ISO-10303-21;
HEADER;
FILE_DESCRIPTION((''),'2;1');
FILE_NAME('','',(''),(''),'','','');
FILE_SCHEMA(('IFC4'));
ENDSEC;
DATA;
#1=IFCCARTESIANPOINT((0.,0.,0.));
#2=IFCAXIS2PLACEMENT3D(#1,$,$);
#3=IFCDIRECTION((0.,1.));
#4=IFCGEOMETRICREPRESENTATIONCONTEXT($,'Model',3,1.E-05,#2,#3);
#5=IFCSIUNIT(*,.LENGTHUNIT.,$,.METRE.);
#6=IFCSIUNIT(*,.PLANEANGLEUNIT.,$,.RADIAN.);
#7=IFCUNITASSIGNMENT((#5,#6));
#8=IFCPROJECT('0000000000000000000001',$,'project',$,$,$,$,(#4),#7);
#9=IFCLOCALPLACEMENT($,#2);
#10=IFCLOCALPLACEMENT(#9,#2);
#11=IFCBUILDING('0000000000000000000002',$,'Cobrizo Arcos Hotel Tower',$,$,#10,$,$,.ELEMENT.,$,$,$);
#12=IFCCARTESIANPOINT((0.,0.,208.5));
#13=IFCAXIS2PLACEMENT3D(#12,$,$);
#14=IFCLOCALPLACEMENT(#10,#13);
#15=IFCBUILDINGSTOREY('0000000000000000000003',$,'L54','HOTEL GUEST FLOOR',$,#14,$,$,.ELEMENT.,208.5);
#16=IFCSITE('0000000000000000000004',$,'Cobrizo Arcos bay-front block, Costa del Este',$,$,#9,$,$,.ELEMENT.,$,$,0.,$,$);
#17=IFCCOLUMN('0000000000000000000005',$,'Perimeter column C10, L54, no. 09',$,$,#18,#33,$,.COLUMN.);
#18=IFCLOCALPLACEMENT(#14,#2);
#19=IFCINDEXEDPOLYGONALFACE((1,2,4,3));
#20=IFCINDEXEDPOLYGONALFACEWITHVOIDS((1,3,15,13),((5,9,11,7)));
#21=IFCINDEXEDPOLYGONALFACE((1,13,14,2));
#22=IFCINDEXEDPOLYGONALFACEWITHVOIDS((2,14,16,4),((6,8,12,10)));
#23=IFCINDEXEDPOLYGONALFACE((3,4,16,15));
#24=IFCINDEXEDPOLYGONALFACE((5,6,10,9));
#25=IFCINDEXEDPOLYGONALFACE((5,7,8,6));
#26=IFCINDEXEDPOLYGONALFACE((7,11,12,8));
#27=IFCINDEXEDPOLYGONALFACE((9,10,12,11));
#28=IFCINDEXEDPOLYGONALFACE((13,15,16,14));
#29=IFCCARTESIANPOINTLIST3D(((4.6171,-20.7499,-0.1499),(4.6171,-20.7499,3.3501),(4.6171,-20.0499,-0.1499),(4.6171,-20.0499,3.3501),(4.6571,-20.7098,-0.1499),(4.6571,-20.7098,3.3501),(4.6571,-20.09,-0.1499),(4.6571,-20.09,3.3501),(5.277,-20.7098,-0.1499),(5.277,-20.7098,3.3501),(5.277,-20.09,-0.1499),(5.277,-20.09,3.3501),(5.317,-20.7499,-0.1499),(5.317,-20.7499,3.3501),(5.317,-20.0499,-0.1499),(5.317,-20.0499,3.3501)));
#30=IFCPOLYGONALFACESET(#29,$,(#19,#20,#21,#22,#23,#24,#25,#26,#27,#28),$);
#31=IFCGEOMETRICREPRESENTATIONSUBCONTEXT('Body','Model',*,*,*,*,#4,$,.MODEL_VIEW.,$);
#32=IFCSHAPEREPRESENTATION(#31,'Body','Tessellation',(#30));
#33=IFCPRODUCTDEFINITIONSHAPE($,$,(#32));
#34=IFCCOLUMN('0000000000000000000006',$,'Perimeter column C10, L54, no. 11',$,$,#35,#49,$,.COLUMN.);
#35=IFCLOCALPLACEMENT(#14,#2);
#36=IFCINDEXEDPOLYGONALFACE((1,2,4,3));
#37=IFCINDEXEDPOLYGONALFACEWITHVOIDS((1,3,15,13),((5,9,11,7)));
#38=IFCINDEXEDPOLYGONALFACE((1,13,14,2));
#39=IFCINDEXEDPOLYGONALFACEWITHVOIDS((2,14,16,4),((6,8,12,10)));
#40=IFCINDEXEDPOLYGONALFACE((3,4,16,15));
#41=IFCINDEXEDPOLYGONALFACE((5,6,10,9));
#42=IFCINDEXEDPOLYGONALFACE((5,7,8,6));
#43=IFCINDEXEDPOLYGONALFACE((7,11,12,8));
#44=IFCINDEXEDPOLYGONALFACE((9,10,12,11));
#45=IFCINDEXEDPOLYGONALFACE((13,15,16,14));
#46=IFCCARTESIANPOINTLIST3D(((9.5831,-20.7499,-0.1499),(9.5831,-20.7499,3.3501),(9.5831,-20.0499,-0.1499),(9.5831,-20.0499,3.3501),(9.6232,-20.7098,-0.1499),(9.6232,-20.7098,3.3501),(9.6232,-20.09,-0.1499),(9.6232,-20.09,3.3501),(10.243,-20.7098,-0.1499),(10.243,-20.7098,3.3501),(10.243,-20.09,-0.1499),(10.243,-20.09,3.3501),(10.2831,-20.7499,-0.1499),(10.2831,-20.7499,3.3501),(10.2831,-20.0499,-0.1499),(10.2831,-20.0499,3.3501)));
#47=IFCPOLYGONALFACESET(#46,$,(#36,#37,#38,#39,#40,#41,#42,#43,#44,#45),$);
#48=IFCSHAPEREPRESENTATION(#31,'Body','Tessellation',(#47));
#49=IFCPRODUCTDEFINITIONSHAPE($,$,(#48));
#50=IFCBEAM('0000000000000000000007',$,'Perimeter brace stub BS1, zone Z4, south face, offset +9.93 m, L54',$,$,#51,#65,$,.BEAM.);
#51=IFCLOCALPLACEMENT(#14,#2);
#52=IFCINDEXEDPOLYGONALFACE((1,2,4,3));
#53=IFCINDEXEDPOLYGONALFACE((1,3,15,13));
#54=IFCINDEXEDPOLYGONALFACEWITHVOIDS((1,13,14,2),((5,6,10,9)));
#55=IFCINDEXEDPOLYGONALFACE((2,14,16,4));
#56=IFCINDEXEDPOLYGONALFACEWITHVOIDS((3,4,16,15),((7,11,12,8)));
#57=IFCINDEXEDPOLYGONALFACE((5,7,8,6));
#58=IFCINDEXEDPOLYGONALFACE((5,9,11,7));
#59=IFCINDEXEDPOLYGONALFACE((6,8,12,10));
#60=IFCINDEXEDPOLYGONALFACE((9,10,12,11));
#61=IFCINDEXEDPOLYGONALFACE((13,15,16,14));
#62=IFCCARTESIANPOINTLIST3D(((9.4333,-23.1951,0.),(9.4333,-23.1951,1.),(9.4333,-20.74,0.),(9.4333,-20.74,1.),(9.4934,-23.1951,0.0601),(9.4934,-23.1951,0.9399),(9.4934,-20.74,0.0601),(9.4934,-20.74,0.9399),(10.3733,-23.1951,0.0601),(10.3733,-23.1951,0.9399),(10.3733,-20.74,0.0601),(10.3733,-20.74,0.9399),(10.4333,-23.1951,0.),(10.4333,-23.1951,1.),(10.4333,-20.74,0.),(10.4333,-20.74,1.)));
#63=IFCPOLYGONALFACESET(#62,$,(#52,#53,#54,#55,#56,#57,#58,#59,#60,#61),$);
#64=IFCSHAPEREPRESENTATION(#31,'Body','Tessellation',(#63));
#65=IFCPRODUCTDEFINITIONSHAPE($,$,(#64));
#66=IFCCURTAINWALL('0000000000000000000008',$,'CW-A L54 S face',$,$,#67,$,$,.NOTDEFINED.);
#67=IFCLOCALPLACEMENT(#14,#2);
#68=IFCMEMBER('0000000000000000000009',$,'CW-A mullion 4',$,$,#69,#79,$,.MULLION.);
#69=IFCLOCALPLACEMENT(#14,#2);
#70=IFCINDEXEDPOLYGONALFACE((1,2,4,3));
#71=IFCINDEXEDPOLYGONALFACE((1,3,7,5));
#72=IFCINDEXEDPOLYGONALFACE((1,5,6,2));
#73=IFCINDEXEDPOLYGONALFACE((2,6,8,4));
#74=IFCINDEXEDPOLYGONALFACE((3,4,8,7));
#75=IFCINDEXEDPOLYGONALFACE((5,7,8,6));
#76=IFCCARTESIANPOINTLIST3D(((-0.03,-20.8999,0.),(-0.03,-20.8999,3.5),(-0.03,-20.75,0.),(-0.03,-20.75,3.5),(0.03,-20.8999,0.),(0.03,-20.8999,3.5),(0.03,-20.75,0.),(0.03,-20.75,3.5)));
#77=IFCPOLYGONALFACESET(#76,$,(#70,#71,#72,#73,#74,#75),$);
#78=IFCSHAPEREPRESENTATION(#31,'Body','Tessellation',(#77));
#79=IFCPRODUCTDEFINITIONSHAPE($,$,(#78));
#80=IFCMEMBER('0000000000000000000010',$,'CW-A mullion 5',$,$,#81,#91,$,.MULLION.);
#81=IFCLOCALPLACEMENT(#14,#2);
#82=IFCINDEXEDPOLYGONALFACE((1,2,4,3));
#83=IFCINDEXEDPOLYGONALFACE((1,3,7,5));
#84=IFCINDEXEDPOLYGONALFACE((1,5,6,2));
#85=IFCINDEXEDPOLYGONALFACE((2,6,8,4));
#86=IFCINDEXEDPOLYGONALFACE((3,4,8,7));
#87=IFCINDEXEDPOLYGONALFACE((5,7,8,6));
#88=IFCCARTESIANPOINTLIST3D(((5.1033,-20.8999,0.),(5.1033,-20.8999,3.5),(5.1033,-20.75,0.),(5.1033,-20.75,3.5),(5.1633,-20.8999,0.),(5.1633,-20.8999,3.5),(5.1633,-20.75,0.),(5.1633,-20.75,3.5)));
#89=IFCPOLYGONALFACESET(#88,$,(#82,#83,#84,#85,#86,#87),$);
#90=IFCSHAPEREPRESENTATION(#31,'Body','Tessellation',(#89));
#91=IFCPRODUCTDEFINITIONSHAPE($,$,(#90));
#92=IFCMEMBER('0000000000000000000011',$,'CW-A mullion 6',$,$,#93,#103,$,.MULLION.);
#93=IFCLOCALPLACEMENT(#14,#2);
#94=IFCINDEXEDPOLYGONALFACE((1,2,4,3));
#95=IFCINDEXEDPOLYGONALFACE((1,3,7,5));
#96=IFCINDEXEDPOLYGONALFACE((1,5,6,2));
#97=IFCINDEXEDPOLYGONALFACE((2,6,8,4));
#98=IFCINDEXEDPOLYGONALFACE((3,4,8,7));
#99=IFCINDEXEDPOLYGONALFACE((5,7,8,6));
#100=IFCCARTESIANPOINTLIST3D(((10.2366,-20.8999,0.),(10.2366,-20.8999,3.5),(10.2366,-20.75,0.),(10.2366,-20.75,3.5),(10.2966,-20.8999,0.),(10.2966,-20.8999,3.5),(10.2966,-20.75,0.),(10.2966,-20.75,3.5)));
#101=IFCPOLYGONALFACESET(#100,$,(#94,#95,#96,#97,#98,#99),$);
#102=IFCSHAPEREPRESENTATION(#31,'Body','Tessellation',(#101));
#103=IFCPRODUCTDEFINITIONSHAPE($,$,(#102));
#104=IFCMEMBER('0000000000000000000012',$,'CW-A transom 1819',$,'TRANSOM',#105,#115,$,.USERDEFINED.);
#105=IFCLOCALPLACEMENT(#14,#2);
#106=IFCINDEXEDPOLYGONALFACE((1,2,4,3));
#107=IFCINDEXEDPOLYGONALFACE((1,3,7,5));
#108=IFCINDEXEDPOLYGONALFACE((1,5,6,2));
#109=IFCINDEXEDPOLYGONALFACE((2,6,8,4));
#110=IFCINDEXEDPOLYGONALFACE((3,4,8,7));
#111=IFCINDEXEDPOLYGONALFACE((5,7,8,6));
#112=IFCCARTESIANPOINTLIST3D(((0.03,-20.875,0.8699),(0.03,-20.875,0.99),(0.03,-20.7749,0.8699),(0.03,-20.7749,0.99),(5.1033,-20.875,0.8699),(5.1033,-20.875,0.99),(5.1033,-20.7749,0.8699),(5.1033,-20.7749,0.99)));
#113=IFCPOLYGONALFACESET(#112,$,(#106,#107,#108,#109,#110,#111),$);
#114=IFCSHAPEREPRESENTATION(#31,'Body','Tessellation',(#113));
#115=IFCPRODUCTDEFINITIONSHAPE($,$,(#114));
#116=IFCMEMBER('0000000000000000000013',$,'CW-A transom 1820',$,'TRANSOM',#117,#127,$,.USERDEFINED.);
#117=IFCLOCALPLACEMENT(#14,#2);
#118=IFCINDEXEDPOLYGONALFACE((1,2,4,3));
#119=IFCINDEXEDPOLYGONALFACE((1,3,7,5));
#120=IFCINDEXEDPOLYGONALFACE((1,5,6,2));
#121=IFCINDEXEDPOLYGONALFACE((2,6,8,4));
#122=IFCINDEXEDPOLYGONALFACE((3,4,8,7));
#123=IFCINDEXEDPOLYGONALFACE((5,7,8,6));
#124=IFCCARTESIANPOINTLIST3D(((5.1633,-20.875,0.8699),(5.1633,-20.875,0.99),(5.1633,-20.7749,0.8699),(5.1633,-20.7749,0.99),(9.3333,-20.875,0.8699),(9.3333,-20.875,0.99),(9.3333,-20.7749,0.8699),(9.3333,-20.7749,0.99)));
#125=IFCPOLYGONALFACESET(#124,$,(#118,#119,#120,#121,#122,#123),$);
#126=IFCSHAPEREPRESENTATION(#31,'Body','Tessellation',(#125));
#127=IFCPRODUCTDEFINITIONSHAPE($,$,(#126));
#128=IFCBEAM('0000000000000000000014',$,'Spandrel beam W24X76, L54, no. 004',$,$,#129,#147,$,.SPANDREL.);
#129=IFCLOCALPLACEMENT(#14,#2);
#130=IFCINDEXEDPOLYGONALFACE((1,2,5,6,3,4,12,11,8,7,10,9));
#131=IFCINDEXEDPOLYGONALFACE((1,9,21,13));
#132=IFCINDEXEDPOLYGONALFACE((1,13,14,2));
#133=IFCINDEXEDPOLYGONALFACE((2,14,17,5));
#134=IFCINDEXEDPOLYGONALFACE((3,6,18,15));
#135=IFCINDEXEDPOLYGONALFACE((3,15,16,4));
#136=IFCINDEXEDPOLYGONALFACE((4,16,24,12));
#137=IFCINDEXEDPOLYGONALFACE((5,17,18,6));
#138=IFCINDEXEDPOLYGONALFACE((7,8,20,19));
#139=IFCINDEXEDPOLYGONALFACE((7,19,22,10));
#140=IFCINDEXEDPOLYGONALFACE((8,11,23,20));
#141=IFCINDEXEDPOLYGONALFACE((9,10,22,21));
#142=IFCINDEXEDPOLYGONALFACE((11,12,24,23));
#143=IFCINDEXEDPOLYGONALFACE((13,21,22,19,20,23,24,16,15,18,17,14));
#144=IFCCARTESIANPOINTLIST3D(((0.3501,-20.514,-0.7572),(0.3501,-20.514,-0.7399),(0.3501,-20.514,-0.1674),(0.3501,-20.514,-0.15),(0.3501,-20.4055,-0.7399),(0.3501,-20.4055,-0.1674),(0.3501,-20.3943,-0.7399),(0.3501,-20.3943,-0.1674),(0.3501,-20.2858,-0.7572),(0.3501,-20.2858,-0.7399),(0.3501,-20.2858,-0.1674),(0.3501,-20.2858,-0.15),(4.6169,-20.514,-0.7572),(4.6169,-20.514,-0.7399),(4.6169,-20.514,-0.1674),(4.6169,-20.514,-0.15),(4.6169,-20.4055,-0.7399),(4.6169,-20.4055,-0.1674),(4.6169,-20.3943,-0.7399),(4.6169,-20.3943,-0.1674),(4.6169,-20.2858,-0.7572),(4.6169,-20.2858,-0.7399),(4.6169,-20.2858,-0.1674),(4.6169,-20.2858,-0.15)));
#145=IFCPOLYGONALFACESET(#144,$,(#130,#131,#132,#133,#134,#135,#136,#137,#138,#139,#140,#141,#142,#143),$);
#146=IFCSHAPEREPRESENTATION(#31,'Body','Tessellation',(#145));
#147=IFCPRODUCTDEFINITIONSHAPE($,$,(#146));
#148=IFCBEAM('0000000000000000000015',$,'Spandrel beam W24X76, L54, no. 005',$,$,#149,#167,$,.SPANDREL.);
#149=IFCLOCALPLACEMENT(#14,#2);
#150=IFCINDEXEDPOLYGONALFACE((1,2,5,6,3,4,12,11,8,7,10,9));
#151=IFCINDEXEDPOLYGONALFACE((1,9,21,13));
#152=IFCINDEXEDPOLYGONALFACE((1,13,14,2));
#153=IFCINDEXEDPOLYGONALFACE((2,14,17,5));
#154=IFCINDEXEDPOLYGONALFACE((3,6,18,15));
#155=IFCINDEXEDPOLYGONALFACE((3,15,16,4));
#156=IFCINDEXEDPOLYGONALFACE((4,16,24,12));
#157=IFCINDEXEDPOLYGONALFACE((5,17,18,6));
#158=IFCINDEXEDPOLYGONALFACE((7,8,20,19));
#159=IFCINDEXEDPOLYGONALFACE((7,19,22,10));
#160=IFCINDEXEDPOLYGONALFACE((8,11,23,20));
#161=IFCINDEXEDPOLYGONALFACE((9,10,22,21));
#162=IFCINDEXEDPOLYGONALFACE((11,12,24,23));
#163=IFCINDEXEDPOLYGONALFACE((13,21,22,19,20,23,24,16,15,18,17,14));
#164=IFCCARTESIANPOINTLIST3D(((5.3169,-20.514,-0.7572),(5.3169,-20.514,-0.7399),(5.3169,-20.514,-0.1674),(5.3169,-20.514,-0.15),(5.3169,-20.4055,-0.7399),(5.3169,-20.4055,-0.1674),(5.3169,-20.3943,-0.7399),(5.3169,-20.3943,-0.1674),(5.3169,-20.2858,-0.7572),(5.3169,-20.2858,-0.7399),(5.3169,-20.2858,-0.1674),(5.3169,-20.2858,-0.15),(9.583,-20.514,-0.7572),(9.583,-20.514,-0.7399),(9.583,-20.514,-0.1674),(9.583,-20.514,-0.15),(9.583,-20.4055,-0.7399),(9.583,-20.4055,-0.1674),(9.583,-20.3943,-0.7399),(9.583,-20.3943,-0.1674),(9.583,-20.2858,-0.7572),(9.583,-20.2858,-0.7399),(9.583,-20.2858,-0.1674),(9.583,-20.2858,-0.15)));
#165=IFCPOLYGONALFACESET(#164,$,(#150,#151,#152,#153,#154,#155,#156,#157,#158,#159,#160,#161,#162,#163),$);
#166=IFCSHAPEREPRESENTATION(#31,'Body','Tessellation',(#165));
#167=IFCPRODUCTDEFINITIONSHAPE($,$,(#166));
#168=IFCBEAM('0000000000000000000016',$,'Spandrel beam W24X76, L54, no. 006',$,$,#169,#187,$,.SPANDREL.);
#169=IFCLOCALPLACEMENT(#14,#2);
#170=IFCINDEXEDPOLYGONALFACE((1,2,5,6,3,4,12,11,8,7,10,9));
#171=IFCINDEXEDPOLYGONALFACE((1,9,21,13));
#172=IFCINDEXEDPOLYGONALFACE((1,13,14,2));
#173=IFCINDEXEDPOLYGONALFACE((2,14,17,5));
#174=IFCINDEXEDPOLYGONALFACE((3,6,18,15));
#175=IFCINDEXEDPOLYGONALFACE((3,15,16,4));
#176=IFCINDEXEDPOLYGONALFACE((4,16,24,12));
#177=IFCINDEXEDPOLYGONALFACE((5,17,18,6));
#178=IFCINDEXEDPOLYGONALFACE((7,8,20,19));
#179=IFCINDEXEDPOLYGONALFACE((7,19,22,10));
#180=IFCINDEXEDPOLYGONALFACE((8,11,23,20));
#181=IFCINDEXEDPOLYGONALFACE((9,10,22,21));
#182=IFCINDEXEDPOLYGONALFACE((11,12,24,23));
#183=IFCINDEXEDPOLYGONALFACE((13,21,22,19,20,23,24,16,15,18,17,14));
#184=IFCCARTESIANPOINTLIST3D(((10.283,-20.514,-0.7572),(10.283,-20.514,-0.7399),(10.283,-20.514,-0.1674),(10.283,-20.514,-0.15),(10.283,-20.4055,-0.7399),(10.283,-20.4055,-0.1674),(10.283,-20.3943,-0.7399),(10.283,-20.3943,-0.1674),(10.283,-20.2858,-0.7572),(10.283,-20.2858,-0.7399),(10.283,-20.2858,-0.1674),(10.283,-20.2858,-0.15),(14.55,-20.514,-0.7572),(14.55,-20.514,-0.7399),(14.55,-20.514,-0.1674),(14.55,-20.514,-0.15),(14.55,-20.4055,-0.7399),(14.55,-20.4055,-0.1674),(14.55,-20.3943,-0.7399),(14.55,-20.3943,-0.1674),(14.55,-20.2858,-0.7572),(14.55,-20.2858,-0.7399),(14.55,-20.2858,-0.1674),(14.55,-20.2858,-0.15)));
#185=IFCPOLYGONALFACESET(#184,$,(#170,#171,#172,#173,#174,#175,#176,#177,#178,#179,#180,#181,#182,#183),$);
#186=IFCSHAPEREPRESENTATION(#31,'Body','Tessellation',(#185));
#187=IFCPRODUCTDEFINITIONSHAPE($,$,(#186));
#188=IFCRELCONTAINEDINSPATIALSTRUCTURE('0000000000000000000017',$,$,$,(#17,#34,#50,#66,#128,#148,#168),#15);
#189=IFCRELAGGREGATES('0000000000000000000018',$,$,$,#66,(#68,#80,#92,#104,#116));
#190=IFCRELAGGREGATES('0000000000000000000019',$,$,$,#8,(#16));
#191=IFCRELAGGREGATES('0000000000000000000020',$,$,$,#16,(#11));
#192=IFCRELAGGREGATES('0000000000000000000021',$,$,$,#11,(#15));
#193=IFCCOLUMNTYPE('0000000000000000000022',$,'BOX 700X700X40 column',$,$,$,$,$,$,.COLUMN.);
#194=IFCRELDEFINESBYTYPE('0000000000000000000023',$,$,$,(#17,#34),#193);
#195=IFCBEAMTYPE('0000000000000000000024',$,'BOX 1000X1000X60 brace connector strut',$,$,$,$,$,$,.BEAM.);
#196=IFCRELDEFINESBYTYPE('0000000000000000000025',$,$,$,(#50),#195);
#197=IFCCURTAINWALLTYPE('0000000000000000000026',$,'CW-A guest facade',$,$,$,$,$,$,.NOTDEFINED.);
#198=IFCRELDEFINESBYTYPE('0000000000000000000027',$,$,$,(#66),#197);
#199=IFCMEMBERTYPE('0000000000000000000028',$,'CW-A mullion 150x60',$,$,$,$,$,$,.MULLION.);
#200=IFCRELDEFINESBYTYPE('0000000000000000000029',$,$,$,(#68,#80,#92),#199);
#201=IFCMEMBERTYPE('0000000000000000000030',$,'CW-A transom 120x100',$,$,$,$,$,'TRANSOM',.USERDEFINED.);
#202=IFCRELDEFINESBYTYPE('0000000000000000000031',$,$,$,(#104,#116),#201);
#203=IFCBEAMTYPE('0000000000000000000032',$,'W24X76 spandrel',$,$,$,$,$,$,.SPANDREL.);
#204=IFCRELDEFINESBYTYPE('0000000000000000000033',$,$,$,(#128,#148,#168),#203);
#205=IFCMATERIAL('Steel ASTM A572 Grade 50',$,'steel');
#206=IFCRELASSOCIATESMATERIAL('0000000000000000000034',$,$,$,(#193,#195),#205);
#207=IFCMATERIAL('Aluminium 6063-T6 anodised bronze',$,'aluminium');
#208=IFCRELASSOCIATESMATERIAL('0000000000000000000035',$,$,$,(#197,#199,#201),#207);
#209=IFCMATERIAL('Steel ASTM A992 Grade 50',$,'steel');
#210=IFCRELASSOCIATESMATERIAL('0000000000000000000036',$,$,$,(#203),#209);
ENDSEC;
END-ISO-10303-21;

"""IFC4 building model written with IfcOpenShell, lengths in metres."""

from ifc_helpers import new_model, si_unit, direction, frame, origin, origin_2d, place, context, subcontext, project, spatial, rectangle, hollow_rectangle, i_section, extrude, material, material_profile, profile_set, type_object, element, aggregate, save


model = new_model("IFC4")

# Units and contexts
model_context = context("Model", 3, precision=1e-05, world=origin(), true_north=direction((0.0, 1.0)))
body_context = subcontext(model_context, "Body", "Model", "MODEL_VIEW")
ifc_project = project(units=[si_unit("LENGTHUNIT", "METRE"), si_unit("PLANEANGLEUNIT", "RADIAN")], contexts=[model_context])

# Site, building, storey
site_placement = place(None, origin())
site = spatial("IfcSite", under=ifc_project, at=site_placement, Name="Cobrizo Arcos bay-front block, Costa del Este", CompositionType="ELEMENT", RefElevation=0.0)
building_placement = place(site_placement, origin())
building = spatial("IfcBuilding", under=site, at=building_placement, Name="Cobrizo Arcos Hotel Tower", CompositionType="ELEMENT")
storey_placement = place(building_placement, frame((0.0, 0.0, 208.5)))
storey = spatial("IfcBuildingStorey", under=building, at=storey_placement, Name="L54", Description="HOTEL GUEST FLOOR", CompositionType="ELEMENT", Elevation=208.5)

# Columns
ifc_material_1 = material(Name="Steel ASTM A572 Grade 50", Category="steel")
ifc_material_profile_1 = material_profile(ifc_material_1, hollow_rectangle(XDim=0.7, YDim=0.7, WallThickness=0.04, at=origin_2d()), Name="BOX 700X700X40")
ifc_profile_set_1 = profile_set([ifc_material_profile_1], Name="Steel ASTM A572 Grade 50")
column_type = type_object("IfcColumnType", Name="BOX 700X700X40 column", PredefinedType="COLUMN", material=ifc_profile_set_1)
for number, where, z_axis, x_axis, name in (
    (1, (4.967, -20.3999, -0.1499), (0.0, 0.0, 1.0), (1.0, 0.0, 0.0), "Perimeter column C10, L54, no. 09"),
    (2, (9.9331, -20.3999, -0.1499), (0.0, 0.0, 1.0), (1.0, 0.0, 0.0), "Perimeter column C10, L54, no. 11"),
):
    element("IfcColumn", number, at=place(storey_placement, frame(where, z_axis=z_axis, x_axis=x_axis)), inside=storey, type_object=column_type, Name=name, PredefinedType="COLUMN", context=body_context, shape_type="SweptSolid", body=[
        extrude(hollow_rectangle(XDim=0.7, YDim=0.7, WallThickness=0.04, at=origin_2d()), origin(), (0.0, 0.0, 1.0), 3.5),
    ])

# Beam
ifc_material_profile_2 = material_profile(ifc_material_1, hollow_rectangle(XDim=1.0, YDim=1.0, WallThickness=0.0601, at=origin_2d()), Name="BOX 1000X1000X60")
ifc_profile_set_2 = profile_set([ifc_material_profile_2], Name="Steel ASTM A572 Grade 50")
beam_type_1 = type_object("IfcBeamType", Name="BOX 1000X1000X60 brace connector strut", PredefinedType="BEAM", material=ifc_profile_set_2)
beam_1_placement = place(storey_placement, frame((9.9333, -20.74, 0.5), z_axis=(0.0, -1.0, 0.0), x_axis=(1.0, 0.0, 0.0)))
element("IfcBeam", 3, at=beam_1_placement, inside=storey, type_object=beam_type_1, Name="Perimeter brace stub BS1, zone Z4, south face, offset +9.93 m, L54", PredefinedType="BEAM", context=body_context, shape_type="SweptSolid", body=[
    extrude(hollow_rectangle(XDim=1.0, YDim=1.0, WallThickness=0.0601, at=origin_2d()), origin(), (0.0, 0.0, 1.0), 2.4551),
])

# Curtain wall, members
ifc_material_2 = material(Name="Aluminium 6063-T6 anodised bronze", Category="aluminium")
curtain_wall_type = type_object("IfcCurtainWallType", Name="CW-A guest facade", PredefinedType="NOTDEFINED", material=ifc_material_2)
curtain_wall_placement = place(storey_placement, origin())
curtain_wall = element("IfcCurtainWall", 4, at=curtain_wall_placement, inside=storey, type_object=curtain_wall_type, Name="CW-A L54 S face", PredefinedType="NOTDEFINED")
ifc_material_profile_3 = material_profile(ifc_material_2, rectangle(XDim=0.1499, YDim=0.0601, at=origin_2d()), Name="CW-A mullion 150x60")
ifc_profile_set_3 = profile_set([ifc_material_profile_3], Name="Aluminium 6063-T6 anodised bronze")
member_type_1 = type_object("IfcMemberType", Name="CW-A mullion 150x60", PredefinedType="MULLION", material=ifc_profile_set_3)
member_1_placement = place(storey_placement, frame((0.0, -20.825, 0.0), z_axis=(0.0, 0.0, 1.0), x_axis=(0.0, -1.0, 0.0)))
member_1 = element("IfcMember", 5, at=member_1_placement, type_object=member_type_1, Name="CW-A mullion 4", PredefinedType="MULLION", context=body_context, shape_type="SweptSolid", body=[
    extrude(rectangle(XDim=0.1499, YDim=0.0601, at=origin_2d()), origin(), (0.0, 0.0, 1.0), 3.5),
])
member_2_placement = place(storey_placement, frame((5.1333, -20.825, 0.0), z_axis=(0.0, 0.0, 1.0), x_axis=(0.0, -1.0, 0.0)))
member_2 = element("IfcMember", 6, at=member_2_placement, type_object=member_type_1, Name="CW-A mullion 5", PredefinedType="MULLION", context=body_context, shape_type="SweptSolid", body=[
    extrude(rectangle(XDim=0.1499, YDim=0.0601, at=origin_2d()), origin(), (0.0, 0.0, 1.0), 3.5),
])
member_3_placement = place(storey_placement, frame((10.2666, -20.825, 0.0), z_axis=(0.0, 0.0, 1.0), x_axis=(0.0, -1.0, 0.0)))
member_3 = element("IfcMember", 7, at=member_3_placement, type_object=member_type_1, Name="CW-A mullion 6", PredefinedType="MULLION", context=body_context, shape_type="SweptSolid", body=[
    extrude(rectangle(XDim=0.1499, YDim=0.0601, at=origin_2d()), origin(), (0.0, 0.0, 1.0), 3.5),
])
ifc_material_profile_4 = material_profile(ifc_material_2, rectangle(XDim=0.1001, YDim=0.1201, at=origin_2d()), Name="CW-A transom 120x100")
ifc_profile_set_4 = profile_set([ifc_material_profile_4], Name="Aluminium 6063-T6 anodised bronze")
member_type_2 = type_object("IfcMemberType", Name="CW-A transom 120x100", ElementType="TRANSOM", PredefinedType="USERDEFINED", material=ifc_profile_set_4)
member_4_placement = place(storey_placement, frame((0.03, -20.825, 0.9299), z_axis=(1.0, 0.0, 0.0), x_axis=(0.0, 1.0, 0.0)))
member_4 = element("IfcMember", 8, at=member_4_placement, type_object=member_type_2, Name="CW-A transom 1819", ObjectType="TRANSOM", PredefinedType="USERDEFINED", context=body_context, shape_type="SweptSolid", body=[
    extrude(rectangle(XDim=0.1001, YDim=0.1201, at=origin_2d()), origin(), (0.0, 0.0, 1.0), 5.0732),
])
member_5_placement = place(storey_placement, frame((5.1633, -20.825, 0.9299), z_axis=(1.0, 0.0, 0.0), x_axis=(0.0, 1.0, 0.0)))
member_5 = element("IfcMember", 9, at=member_5_placement, type_object=member_type_2, Name="CW-A transom 1820", ObjectType="TRANSOM", PredefinedType="USERDEFINED", context=body_context, shape_type="SweptSolid", body=[
    extrude(rectangle(XDim=0.1001, YDim=0.1201, at=origin_2d()), origin(), (0.0, 0.0, 1.0), 4.1699),
])

# Beams
ifc_material_3 = material(Name="Steel ASTM A992 Grade 50", Category="steel")
ifc_material_profile_5 = material_profile(ifc_material_3, i_section(OverallWidth=0.2283, OverallDepth=0.6072, WebThickness=0.0112, FlangeThickness=0.0173, at=origin_2d()), Name="W24X76")
ifc_profile_set_5 = profile_set([ifc_material_profile_5], Name="Steel ASTM A992 Grade 50")
beam_type_2 = type_object("IfcBeamType", Name="W24X76 spandrel", PredefinedType="SPANDREL", material=ifc_profile_set_5)
beam_2_placement = place(storey_placement, frame((0.3501, -20.3999, -0.4536), z_axis=(1.0, 0.0, 0.0), x_axis=(0.0, 1.0, 0.0)))
element("IfcBeam", 10, at=beam_2_placement, inside=storey, type_object=beam_type_2, Name="Spandrel beam W24X76, L54, no. 004", PredefinedType="SPANDREL", context=body_context, shape_type="SweptSolid", body=[
    extrude(i_section(OverallWidth=0.2283, OverallDepth=0.6072, WebThickness=0.0112, FlangeThickness=0.0173, at=origin_2d()), origin(), (0.0, 0.0, 1.0), 4.2668),
])
beam_3_placement = place(storey_placement, frame((5.3169, -20.3999, -0.4536), z_axis=(1.0, 0.0, 0.0), x_axis=(0.0, 1.0, 0.0)))
element("IfcBeam", 11, at=beam_3_placement, inside=storey, type_object=beam_type_2, Name="Spandrel beam W24X76, L54, no. 005", PredefinedType="SPANDREL", context=body_context, shape_type="SweptSolid", body=[
    extrude(i_section(OverallWidth=0.2283, OverallDepth=0.6072, WebThickness=0.0112, FlangeThickness=0.0173, at=origin_2d()), origin(), (0.0, 0.0, 1.0), 4.2661),
])
beam_4_placement = place(storey_placement, frame((10.283, -20.3999, -0.4536), z_axis=(1.0, 0.0, 0.0), x_axis=(0.0, 1.0, 0.0)))
element("IfcBeam", 12, at=beam_4_placement, inside=storey, type_object=beam_type_2, Name="Spandrel beam W24X76, L54, no. 006", PredefinedType="SPANDREL", context=body_context, shape_type="SweptSolid", body=[
    extrude(i_section(OverallWidth=0.2283, OverallDepth=0.6072, WebThickness=0.0112, FlangeThickness=0.0173, at=origin_2d()), origin(), (0.0, 0.0, 1.0), 4.2671),
])

aggregate(curtain_wall, [member_1, member_2, member_3, member_4, member_5])

save(model, "model.ifc")
